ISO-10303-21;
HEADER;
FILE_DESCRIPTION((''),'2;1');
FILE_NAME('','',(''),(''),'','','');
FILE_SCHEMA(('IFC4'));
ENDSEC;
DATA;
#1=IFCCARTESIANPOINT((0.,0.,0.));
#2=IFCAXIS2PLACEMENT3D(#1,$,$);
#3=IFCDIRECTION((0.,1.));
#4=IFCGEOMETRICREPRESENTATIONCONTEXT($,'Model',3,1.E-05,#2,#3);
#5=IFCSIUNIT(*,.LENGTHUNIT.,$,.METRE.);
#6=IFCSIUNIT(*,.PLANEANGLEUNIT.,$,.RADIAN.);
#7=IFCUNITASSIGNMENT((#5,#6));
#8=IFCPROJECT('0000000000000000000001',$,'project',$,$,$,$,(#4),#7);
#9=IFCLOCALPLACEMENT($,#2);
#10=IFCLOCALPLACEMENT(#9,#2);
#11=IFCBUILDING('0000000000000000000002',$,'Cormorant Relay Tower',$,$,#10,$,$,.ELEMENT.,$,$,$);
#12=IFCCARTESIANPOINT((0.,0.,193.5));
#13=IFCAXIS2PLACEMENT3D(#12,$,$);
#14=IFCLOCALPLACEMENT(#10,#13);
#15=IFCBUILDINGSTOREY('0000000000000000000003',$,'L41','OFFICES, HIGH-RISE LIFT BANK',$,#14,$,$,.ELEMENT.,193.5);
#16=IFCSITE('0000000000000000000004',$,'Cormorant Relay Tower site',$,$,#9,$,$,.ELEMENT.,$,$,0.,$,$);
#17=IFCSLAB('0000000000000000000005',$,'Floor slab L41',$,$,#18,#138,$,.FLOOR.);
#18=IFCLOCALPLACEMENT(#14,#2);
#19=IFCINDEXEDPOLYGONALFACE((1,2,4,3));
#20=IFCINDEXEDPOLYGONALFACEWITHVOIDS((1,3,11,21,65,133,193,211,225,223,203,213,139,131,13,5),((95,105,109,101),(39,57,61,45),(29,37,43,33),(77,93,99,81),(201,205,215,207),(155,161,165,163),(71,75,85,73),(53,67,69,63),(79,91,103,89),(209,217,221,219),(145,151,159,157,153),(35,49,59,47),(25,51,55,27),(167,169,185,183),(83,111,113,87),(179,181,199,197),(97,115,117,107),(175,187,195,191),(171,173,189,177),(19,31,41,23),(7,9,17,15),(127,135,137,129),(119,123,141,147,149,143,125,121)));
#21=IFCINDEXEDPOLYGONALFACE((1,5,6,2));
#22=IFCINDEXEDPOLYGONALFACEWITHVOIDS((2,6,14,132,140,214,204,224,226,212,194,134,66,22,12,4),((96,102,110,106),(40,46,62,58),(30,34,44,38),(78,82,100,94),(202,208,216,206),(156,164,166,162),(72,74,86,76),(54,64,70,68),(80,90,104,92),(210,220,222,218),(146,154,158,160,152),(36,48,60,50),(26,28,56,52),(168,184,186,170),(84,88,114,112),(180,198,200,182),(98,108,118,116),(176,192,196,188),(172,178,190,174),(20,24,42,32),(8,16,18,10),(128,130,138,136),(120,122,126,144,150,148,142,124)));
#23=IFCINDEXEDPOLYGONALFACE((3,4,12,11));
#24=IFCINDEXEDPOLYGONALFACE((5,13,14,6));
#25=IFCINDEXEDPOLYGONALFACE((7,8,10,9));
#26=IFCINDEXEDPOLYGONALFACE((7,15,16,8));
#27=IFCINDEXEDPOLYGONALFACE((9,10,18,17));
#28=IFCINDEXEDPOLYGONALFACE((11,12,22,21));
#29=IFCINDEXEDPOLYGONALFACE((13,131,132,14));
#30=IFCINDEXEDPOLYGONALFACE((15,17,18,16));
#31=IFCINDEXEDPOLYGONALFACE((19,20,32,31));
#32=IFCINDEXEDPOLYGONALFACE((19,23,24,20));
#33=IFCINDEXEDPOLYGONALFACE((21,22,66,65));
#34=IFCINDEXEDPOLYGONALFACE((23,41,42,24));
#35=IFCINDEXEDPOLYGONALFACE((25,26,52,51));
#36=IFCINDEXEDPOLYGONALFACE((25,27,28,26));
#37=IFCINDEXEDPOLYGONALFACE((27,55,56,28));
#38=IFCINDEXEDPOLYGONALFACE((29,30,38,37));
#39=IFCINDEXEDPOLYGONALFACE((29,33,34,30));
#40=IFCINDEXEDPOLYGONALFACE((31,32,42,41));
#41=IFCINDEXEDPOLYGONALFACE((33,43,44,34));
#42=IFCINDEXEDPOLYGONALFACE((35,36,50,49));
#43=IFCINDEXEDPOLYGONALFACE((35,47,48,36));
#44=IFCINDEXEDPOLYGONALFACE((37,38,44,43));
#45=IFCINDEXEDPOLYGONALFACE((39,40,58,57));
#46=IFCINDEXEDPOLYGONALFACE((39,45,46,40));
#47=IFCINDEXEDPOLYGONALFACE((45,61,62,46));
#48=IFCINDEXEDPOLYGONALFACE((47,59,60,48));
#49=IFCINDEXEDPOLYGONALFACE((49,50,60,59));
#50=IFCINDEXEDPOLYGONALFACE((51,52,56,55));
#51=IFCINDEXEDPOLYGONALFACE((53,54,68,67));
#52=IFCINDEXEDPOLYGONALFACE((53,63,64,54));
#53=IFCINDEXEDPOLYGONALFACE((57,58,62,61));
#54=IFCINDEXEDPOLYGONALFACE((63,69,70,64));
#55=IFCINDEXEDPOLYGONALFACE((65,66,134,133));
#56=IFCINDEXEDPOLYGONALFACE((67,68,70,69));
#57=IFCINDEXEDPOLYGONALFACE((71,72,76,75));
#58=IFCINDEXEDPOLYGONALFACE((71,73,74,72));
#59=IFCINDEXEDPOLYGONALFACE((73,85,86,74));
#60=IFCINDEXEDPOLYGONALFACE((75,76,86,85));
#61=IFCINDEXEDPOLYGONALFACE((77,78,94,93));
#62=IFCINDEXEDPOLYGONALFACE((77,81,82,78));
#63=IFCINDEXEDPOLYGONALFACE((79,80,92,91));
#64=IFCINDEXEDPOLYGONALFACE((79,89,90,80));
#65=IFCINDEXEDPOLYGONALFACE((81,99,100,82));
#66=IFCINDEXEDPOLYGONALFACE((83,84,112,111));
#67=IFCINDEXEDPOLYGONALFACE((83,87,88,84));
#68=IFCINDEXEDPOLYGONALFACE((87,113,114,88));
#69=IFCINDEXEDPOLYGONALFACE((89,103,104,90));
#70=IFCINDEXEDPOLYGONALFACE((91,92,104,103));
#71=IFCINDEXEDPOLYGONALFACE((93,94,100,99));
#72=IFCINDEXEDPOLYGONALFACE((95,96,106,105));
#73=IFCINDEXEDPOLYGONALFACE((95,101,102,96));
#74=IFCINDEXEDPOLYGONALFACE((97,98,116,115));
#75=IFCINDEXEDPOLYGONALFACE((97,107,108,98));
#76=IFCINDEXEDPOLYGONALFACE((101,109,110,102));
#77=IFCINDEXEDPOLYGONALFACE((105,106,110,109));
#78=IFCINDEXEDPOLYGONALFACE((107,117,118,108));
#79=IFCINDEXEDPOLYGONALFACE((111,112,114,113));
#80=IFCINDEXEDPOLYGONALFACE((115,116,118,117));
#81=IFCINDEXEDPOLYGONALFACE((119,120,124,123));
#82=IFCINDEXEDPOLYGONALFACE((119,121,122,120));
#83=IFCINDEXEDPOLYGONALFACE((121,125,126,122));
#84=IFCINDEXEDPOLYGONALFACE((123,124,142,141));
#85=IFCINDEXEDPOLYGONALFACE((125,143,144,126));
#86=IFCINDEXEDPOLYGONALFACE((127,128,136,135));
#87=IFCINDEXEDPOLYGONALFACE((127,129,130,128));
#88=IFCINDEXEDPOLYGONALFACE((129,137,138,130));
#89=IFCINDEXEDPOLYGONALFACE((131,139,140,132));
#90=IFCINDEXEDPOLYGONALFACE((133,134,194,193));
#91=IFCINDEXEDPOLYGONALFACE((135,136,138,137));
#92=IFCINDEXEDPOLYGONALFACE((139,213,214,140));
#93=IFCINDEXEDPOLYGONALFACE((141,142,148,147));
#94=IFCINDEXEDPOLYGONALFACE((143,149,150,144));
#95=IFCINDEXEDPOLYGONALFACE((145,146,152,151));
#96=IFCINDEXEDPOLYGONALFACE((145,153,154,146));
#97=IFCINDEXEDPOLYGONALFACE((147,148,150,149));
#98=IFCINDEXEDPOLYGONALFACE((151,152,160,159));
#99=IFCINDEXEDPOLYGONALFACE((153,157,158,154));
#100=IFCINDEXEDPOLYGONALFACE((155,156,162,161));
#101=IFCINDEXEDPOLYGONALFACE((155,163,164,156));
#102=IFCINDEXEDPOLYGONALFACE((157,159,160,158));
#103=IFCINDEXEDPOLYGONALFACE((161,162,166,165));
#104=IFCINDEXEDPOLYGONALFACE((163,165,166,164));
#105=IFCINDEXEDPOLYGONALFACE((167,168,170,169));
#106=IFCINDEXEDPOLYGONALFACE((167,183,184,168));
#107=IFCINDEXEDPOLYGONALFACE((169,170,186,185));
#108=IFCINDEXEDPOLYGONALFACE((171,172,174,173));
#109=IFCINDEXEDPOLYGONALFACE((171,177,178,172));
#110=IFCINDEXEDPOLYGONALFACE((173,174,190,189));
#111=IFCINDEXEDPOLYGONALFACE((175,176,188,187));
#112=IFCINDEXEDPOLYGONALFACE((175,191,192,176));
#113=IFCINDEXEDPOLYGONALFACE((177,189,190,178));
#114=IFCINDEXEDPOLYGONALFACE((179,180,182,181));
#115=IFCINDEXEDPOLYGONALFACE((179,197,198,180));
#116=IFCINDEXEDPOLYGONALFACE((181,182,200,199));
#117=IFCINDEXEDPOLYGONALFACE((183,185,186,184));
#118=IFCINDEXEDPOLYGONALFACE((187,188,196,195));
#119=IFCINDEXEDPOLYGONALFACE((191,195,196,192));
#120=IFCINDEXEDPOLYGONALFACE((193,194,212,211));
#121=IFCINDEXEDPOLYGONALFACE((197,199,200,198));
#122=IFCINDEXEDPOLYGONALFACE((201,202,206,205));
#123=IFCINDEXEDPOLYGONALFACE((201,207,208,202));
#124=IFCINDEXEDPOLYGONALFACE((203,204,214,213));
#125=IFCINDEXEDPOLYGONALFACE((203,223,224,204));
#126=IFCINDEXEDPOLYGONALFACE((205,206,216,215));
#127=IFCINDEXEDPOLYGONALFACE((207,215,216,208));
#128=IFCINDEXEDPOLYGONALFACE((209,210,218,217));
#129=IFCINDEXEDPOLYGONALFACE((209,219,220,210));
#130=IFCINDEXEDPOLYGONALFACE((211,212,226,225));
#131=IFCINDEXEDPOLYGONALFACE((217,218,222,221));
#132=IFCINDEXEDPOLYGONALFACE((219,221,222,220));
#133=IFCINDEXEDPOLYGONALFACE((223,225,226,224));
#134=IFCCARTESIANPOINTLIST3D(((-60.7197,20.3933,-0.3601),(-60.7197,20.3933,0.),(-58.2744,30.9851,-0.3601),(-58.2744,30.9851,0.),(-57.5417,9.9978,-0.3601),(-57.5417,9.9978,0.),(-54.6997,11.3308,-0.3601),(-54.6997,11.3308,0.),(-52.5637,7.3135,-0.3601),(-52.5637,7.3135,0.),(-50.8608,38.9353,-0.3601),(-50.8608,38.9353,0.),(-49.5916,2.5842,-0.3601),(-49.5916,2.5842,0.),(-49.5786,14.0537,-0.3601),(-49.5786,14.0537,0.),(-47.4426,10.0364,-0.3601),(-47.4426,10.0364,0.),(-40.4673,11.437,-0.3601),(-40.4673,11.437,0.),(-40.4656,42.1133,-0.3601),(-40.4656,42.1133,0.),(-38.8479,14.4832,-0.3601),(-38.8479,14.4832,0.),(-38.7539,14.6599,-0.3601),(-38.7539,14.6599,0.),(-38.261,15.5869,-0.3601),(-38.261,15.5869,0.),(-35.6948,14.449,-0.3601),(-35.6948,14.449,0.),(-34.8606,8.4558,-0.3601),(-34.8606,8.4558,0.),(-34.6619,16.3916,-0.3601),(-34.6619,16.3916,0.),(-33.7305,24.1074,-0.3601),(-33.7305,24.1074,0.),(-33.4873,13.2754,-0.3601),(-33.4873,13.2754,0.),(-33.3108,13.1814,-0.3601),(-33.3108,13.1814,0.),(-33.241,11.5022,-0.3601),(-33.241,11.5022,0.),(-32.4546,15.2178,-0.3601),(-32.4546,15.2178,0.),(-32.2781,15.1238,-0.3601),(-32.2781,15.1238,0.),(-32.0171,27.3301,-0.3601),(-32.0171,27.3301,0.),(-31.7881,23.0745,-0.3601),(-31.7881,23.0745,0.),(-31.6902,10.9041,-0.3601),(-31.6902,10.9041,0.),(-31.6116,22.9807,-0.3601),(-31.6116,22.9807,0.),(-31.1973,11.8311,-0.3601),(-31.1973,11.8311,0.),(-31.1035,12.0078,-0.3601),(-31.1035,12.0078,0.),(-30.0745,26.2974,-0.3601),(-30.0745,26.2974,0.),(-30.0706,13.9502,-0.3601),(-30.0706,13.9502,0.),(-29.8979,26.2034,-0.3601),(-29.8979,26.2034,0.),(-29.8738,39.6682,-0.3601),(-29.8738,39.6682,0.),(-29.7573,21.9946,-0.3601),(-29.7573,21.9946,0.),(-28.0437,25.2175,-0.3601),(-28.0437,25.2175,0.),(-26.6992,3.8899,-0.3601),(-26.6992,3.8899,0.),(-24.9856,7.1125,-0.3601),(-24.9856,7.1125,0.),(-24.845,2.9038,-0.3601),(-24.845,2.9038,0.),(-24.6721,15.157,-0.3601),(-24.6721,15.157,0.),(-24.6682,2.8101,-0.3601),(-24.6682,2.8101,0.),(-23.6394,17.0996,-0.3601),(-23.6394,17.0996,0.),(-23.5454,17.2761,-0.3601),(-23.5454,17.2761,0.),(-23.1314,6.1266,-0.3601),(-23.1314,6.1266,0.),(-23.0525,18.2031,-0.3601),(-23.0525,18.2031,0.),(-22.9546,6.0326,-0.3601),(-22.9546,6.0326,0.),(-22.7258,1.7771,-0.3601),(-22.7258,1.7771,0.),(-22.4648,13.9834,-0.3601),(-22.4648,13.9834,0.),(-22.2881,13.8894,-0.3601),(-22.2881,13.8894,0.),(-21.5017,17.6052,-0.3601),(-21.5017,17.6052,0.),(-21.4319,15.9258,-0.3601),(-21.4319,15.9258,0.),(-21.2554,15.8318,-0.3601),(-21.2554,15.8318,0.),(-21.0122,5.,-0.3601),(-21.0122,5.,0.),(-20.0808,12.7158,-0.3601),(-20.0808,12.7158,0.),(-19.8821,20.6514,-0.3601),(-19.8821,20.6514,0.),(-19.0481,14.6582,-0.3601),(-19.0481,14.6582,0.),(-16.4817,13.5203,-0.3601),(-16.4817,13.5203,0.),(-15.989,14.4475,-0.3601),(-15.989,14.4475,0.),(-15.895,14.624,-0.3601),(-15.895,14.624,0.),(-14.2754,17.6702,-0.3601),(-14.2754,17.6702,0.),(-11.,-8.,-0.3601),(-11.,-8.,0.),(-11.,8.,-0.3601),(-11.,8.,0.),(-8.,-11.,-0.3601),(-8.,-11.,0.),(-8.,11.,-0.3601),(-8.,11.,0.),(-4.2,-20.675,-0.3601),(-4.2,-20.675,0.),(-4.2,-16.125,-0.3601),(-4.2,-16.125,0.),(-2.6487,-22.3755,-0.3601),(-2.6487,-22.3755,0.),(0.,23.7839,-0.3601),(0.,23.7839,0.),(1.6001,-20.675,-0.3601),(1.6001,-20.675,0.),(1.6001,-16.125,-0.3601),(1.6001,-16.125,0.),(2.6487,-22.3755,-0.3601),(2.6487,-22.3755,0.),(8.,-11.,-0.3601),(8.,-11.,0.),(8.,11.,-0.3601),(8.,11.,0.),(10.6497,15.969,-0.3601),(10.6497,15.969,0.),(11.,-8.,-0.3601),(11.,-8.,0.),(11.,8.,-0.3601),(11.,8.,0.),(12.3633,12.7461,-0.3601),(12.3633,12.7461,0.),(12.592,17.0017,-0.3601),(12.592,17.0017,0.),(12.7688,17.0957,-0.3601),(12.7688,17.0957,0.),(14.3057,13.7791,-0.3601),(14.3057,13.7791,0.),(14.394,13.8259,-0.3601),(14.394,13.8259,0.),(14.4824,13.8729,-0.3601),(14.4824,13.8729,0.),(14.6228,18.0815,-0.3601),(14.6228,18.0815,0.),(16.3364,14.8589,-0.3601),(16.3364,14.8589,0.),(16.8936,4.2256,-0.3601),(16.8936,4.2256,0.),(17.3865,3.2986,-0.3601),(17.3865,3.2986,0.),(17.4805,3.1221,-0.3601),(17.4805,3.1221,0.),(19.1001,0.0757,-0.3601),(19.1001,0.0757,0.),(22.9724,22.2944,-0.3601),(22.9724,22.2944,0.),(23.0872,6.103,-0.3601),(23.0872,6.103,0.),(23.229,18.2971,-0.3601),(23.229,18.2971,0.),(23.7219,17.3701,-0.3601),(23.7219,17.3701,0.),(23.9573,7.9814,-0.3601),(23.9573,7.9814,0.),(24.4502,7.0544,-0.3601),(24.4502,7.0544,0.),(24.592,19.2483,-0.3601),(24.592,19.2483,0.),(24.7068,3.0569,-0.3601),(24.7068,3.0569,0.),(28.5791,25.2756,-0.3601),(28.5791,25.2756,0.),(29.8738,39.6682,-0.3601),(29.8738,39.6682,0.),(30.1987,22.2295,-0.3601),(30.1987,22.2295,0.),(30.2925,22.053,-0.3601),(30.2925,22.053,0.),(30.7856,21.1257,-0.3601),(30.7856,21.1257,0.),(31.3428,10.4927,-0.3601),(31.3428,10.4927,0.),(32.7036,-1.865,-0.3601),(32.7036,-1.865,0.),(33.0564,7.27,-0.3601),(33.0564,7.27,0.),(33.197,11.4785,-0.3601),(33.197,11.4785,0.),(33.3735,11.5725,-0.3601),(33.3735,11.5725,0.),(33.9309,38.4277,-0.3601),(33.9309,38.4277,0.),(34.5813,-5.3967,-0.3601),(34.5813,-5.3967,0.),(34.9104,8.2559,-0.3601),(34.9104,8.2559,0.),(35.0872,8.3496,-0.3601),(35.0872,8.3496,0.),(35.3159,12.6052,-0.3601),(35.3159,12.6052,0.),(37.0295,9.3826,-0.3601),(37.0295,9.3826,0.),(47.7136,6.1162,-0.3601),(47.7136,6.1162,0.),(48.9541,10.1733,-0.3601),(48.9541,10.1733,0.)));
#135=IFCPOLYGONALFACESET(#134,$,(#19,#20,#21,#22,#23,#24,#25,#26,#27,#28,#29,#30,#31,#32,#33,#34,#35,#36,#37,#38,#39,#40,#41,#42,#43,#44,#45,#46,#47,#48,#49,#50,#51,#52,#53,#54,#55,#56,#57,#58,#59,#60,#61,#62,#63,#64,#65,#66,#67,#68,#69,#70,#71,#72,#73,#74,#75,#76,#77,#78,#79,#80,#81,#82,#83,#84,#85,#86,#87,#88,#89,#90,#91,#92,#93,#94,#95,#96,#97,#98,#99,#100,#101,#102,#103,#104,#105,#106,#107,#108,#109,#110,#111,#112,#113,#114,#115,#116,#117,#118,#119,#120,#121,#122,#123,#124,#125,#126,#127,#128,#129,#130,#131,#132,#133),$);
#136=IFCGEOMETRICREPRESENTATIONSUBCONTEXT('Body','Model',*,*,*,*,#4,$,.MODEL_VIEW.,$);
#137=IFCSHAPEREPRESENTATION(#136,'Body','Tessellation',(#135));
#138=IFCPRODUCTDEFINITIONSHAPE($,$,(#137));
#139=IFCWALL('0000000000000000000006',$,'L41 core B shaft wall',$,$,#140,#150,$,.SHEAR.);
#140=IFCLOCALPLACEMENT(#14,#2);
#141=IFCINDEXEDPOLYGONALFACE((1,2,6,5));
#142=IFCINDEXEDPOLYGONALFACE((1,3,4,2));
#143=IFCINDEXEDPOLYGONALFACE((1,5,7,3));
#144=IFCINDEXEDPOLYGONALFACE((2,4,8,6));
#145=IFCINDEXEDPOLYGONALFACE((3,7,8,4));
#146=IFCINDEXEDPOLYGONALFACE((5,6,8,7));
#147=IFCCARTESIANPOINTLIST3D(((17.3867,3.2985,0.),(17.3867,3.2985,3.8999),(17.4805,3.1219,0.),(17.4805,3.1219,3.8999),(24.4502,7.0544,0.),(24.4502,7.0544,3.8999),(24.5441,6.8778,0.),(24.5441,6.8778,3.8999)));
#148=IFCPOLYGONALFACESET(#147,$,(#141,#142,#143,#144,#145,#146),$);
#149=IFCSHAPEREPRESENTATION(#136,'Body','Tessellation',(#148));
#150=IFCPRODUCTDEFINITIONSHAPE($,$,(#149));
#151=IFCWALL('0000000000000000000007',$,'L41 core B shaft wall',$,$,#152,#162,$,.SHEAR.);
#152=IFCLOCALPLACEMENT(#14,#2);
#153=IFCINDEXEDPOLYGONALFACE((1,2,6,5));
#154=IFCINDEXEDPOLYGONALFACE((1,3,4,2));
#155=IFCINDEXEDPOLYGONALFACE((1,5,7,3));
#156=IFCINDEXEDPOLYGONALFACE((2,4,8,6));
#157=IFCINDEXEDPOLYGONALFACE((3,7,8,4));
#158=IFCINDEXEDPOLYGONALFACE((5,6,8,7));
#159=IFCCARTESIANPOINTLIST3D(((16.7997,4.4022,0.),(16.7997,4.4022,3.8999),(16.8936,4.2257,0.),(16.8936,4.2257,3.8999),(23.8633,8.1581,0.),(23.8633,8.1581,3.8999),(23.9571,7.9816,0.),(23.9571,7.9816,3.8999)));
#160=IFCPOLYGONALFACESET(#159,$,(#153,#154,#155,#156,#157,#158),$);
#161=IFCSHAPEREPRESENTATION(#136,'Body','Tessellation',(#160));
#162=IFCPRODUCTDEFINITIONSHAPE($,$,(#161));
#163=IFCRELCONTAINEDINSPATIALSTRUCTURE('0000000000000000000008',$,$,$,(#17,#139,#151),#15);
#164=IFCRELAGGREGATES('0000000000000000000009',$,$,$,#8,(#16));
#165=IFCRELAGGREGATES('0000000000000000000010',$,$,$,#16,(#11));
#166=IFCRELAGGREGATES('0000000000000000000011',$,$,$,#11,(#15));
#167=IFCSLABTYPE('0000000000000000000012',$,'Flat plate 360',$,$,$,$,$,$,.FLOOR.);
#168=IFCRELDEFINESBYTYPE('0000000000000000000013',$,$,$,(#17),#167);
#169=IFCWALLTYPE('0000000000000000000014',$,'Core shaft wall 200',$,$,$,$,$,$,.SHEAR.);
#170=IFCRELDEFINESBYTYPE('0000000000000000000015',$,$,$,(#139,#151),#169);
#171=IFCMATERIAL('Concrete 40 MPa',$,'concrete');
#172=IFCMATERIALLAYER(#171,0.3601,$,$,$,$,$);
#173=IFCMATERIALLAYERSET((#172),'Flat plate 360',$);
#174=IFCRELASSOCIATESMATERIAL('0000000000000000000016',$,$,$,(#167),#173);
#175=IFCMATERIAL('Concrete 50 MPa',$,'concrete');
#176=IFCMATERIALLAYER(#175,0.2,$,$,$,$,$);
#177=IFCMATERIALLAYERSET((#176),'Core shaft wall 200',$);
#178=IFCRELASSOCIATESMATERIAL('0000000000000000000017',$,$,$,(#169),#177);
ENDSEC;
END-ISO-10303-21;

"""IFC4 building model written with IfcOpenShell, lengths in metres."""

from ifc_helpers import new_model, si_unit, direction, frame, frame_2d, origin, place, context, subcontext, project, spatial, polyline, rectangle, outline, extrude, material, layer, layer_set, type_object, element, save


model = new_model("IFC4")

# Units and contexts
model_context = context("Model", 3, precision=1e-05, world=origin(), true_north=direction((0.0, 1.0)))
body_context = subcontext(model_context, "Body", "Model", "MODEL_VIEW")
ifc_project = project(units=[si_unit("LENGTHUNIT", "METRE"), si_unit("PLANEANGLEUNIT", "RADIAN")], contexts=[model_context])

# Site, building, storey
site_placement = place(None, origin())
site = spatial("IfcSite", under=ifc_project, at=site_placement, Name="Cormorant Relay Tower site", CompositionType="ELEMENT", RefElevation=0.0)
building_placement = place(site_placement, origin())
building = spatial("IfcBuilding", under=site, at=building_placement, Name="Cormorant Relay Tower", CompositionType="ELEMENT")
storey_placement = place(building_placement, frame((0.0, 0.0, 193.5)))
storey = spatial("IfcBuildingStorey", under=building, at=storey_placement, Name="L41", Description="OFFICES, HIGH-RISE LIFT BANK", CompositionType="ELEMENT", Elevation=193.5)

# Slab
ifc_material_1 = material(Name="Concrete 40 MPa", Category="concrete")
ifc_layer_1 = layer(ifc_material_1, 0.3601)
ifc_layer_set_1 = layer_set([ifc_layer_1], Name="Flat plate 360")
slab_type_1 = type_object("IfcSlabType", Name="Flat plate 360", PredefinedType="FLOOR", material=ifc_layer_set_1)
slab_1_placement = place(storey_placement, frame((0.0, 0.0, -0.3601)))
element("IfcSlab", 1, at=slab_1_placement, inside=storey, type_object=slab_type_1, Name="Floor slab L41", PredefinedType="FLOOR", context=body_context, shape_type="SweptSolid", body=[
    extrude(outline(polyline([(-60.7197, 20.3933), (-58.2744, 30.9851), (-50.8608, 38.9353), (-40.4656, 42.1133), (-29.8738, 39.6682), (0.0, 23.7839), (29.8738, 39.6682), (33.9309, 38.4277), (48.9541, 10.1733), (47.7136, 6.1162), (32.7036, -1.865), (34.5813, -5.3967), (2.6487, -22.3755), (-2.6487, -22.3755), (-49.5916, 2.5842), (-57.5417, 9.9978), (-60.7197, 20.3933)]), holes=[polyline([(11.0, -8.0), (11.0, 8.0), (8.0, 11.0), (-8.0, 11.0), (-11.0, 8.0), (-11.0, -8.0), (-8.0, -11.0), (8.0, -11.0), (11.0, -8.0)]), polyline([(-22.9546, 6.0327), (-24.6682, 2.8101), (-22.7258, 1.7771), (-21.0122, 5.0), (-23.043, 6.0796), (-22.9546, 6.0327)]), polyline([(-24.9856, 7.1125), (-26.6992, 3.8899), (-24.845, 2.9038), (-23.1313, 6.1267), (-23.043, 6.0796), (-24.9856, 7.1125)]), polyline([(-54.6997, 11.3308), (-52.5637, 7.3135), (-47.4426, 10.0364), (-49.5786, 14.0537), (-54.6997, 11.3308)]), polyline([(-33.241, 11.5022), (-38.8479, 14.4832), (-40.4673, 11.437), (-34.8606, 8.4558), (-33.241, 11.5022)]), polyline([(-38.261, 15.5869), (-38.7539, 14.6599), (-31.6902, 10.9041), (-31.1973, 11.8311), (-38.261, 15.5869)]), polyline([(-31.1035, 12.0078), (-30.0706, 13.9502), (-32.2781, 15.1238), (-33.3108, 13.1814), (-31.1035, 12.0078)]), polyline([(-22.2881, 13.8894), (-20.0808, 12.7158), (-19.0481, 14.6582), (-21.2554, 15.8318), (-22.2881, 13.8894)]), polyline([(-34.6619, 16.3916), (-35.6948, 14.449), (-33.4873, 13.2754), (-32.4546, 15.2178), (-34.6619, 16.3916)]), polyline([(-21.4319, 15.9258), (-23.6394, 17.0996), (-24.6721, 15.157), (-22.4648, 13.9834), (-21.4319, 15.9258)]), polyline([(-31.6116, 22.9807), (-29.7573, 21.9946), (-28.0437, 25.2175), (-29.8979, 26.2034), (-31.6116, 22.9807)]), polyline([(-32.0171, 27.3301), (-33.7305, 24.1074), (-31.7881, 23.0745), (-30.0745, 26.2974), (-32.0171, 27.3301)]), polyline([(-4.2, -16.125), (-4.2, -20.675), (1.6001, -20.675), (1.6001, -16.125), (-4.2, -16.125)]), polyline([(17.4805, 3.1221), (19.1001, 0.0757), (24.7068, 3.0569), (23.0872, 6.103), (17.4805, 3.1221)]), polyline([(17.3865, 3.2986), (24.4502, 7.0544), (23.9573, 7.9814), (16.8936, 4.2256), (17.3865, 3.2986)]), polyline([(33.197, 11.4785), (31.3428, 10.4927), (33.0564, 7.27), (34.9104, 8.2559), (33.197, 11.4785)]), polyline([(33.3735, 11.5725), (35.0872, 8.3496), (37.0295, 9.3826), (35.3159, 12.6052), (33.3735, 11.5725)]), polyline([(14.3057, 13.7791), (12.592, 17.0017), (10.6497, 15.969), (12.3633, 12.7461), (14.394, 13.8259), (14.3057, 13.7791)]), polyline([(16.3364, 14.8589), (14.6228, 18.0815), (12.7688, 17.0957), (14.4824, 13.8728), (14.394, 13.8259), (16.3364, 14.8589)]), polyline([(-16.4817, 13.5203), (-15.989, 14.4475), (-23.0525, 18.2031), (-23.5454, 17.2761), (-16.4817, 13.5203)]), polyline([(-15.895, 14.624), (-14.2754, 17.6702), (-19.8821, 20.6514), (-21.5017, 17.6052), (-15.895, 14.624)]), polyline([(30.7856, 21.1257), (30.2925, 22.053), (23.229, 18.2971), (23.7219, 17.3701), (30.7856, 21.1257)]), polyline([(24.592, 19.2483), (30.1987, 22.2295), (28.5791, 25.2756), (22.9724, 22.2944), (24.592, 19.2483)])]), origin(), (0.0, 0.0, 1.0), 0.3601),
])

# Walls
ifc_material_2 = material(Name="Concrete 50 MPa", Category="concrete")
ifc_layer_2 = layer(ifc_material_2, 0.2)
ifc_layer_set_2 = layer_set([ifc_layer_2], Name="Core shaft wall 200")
wall_type_1 = type_object("IfcWallType", Name="Core shaft wall 200", PredefinedType="SHEAR", material=ifc_layer_set_2)
for number, where, z_axis, x_axis, name in (
    (2, (17.4336, 3.2102, 0.0), (0.0, 0.0, 1.0), (0.88294, 0.469485, 0.0), "L41 core B shaft wall"),
    (3, (16.8467, 4.314, 0.0), (0.0, 0.0, 1.0), (0.88294, 0.469485, 0.0), "L41 core B shaft wall"),
):
    element("IfcWall", number, at=place(storey_placement, frame(where, z_axis=z_axis, x_axis=x_axis)), inside=storey, type_object=wall_type_1, Name=name, PredefinedType="SHEAR", context=body_context, shape_type="SweptSolid", body=[
        extrude(rectangle(XDim=8.0, YDim=0.2, at=frame_2d((4.0, 0.0))), origin(), (0.0, 0.0, 1.0), 3.8999),
    ])

save(model, "model.ifc")
